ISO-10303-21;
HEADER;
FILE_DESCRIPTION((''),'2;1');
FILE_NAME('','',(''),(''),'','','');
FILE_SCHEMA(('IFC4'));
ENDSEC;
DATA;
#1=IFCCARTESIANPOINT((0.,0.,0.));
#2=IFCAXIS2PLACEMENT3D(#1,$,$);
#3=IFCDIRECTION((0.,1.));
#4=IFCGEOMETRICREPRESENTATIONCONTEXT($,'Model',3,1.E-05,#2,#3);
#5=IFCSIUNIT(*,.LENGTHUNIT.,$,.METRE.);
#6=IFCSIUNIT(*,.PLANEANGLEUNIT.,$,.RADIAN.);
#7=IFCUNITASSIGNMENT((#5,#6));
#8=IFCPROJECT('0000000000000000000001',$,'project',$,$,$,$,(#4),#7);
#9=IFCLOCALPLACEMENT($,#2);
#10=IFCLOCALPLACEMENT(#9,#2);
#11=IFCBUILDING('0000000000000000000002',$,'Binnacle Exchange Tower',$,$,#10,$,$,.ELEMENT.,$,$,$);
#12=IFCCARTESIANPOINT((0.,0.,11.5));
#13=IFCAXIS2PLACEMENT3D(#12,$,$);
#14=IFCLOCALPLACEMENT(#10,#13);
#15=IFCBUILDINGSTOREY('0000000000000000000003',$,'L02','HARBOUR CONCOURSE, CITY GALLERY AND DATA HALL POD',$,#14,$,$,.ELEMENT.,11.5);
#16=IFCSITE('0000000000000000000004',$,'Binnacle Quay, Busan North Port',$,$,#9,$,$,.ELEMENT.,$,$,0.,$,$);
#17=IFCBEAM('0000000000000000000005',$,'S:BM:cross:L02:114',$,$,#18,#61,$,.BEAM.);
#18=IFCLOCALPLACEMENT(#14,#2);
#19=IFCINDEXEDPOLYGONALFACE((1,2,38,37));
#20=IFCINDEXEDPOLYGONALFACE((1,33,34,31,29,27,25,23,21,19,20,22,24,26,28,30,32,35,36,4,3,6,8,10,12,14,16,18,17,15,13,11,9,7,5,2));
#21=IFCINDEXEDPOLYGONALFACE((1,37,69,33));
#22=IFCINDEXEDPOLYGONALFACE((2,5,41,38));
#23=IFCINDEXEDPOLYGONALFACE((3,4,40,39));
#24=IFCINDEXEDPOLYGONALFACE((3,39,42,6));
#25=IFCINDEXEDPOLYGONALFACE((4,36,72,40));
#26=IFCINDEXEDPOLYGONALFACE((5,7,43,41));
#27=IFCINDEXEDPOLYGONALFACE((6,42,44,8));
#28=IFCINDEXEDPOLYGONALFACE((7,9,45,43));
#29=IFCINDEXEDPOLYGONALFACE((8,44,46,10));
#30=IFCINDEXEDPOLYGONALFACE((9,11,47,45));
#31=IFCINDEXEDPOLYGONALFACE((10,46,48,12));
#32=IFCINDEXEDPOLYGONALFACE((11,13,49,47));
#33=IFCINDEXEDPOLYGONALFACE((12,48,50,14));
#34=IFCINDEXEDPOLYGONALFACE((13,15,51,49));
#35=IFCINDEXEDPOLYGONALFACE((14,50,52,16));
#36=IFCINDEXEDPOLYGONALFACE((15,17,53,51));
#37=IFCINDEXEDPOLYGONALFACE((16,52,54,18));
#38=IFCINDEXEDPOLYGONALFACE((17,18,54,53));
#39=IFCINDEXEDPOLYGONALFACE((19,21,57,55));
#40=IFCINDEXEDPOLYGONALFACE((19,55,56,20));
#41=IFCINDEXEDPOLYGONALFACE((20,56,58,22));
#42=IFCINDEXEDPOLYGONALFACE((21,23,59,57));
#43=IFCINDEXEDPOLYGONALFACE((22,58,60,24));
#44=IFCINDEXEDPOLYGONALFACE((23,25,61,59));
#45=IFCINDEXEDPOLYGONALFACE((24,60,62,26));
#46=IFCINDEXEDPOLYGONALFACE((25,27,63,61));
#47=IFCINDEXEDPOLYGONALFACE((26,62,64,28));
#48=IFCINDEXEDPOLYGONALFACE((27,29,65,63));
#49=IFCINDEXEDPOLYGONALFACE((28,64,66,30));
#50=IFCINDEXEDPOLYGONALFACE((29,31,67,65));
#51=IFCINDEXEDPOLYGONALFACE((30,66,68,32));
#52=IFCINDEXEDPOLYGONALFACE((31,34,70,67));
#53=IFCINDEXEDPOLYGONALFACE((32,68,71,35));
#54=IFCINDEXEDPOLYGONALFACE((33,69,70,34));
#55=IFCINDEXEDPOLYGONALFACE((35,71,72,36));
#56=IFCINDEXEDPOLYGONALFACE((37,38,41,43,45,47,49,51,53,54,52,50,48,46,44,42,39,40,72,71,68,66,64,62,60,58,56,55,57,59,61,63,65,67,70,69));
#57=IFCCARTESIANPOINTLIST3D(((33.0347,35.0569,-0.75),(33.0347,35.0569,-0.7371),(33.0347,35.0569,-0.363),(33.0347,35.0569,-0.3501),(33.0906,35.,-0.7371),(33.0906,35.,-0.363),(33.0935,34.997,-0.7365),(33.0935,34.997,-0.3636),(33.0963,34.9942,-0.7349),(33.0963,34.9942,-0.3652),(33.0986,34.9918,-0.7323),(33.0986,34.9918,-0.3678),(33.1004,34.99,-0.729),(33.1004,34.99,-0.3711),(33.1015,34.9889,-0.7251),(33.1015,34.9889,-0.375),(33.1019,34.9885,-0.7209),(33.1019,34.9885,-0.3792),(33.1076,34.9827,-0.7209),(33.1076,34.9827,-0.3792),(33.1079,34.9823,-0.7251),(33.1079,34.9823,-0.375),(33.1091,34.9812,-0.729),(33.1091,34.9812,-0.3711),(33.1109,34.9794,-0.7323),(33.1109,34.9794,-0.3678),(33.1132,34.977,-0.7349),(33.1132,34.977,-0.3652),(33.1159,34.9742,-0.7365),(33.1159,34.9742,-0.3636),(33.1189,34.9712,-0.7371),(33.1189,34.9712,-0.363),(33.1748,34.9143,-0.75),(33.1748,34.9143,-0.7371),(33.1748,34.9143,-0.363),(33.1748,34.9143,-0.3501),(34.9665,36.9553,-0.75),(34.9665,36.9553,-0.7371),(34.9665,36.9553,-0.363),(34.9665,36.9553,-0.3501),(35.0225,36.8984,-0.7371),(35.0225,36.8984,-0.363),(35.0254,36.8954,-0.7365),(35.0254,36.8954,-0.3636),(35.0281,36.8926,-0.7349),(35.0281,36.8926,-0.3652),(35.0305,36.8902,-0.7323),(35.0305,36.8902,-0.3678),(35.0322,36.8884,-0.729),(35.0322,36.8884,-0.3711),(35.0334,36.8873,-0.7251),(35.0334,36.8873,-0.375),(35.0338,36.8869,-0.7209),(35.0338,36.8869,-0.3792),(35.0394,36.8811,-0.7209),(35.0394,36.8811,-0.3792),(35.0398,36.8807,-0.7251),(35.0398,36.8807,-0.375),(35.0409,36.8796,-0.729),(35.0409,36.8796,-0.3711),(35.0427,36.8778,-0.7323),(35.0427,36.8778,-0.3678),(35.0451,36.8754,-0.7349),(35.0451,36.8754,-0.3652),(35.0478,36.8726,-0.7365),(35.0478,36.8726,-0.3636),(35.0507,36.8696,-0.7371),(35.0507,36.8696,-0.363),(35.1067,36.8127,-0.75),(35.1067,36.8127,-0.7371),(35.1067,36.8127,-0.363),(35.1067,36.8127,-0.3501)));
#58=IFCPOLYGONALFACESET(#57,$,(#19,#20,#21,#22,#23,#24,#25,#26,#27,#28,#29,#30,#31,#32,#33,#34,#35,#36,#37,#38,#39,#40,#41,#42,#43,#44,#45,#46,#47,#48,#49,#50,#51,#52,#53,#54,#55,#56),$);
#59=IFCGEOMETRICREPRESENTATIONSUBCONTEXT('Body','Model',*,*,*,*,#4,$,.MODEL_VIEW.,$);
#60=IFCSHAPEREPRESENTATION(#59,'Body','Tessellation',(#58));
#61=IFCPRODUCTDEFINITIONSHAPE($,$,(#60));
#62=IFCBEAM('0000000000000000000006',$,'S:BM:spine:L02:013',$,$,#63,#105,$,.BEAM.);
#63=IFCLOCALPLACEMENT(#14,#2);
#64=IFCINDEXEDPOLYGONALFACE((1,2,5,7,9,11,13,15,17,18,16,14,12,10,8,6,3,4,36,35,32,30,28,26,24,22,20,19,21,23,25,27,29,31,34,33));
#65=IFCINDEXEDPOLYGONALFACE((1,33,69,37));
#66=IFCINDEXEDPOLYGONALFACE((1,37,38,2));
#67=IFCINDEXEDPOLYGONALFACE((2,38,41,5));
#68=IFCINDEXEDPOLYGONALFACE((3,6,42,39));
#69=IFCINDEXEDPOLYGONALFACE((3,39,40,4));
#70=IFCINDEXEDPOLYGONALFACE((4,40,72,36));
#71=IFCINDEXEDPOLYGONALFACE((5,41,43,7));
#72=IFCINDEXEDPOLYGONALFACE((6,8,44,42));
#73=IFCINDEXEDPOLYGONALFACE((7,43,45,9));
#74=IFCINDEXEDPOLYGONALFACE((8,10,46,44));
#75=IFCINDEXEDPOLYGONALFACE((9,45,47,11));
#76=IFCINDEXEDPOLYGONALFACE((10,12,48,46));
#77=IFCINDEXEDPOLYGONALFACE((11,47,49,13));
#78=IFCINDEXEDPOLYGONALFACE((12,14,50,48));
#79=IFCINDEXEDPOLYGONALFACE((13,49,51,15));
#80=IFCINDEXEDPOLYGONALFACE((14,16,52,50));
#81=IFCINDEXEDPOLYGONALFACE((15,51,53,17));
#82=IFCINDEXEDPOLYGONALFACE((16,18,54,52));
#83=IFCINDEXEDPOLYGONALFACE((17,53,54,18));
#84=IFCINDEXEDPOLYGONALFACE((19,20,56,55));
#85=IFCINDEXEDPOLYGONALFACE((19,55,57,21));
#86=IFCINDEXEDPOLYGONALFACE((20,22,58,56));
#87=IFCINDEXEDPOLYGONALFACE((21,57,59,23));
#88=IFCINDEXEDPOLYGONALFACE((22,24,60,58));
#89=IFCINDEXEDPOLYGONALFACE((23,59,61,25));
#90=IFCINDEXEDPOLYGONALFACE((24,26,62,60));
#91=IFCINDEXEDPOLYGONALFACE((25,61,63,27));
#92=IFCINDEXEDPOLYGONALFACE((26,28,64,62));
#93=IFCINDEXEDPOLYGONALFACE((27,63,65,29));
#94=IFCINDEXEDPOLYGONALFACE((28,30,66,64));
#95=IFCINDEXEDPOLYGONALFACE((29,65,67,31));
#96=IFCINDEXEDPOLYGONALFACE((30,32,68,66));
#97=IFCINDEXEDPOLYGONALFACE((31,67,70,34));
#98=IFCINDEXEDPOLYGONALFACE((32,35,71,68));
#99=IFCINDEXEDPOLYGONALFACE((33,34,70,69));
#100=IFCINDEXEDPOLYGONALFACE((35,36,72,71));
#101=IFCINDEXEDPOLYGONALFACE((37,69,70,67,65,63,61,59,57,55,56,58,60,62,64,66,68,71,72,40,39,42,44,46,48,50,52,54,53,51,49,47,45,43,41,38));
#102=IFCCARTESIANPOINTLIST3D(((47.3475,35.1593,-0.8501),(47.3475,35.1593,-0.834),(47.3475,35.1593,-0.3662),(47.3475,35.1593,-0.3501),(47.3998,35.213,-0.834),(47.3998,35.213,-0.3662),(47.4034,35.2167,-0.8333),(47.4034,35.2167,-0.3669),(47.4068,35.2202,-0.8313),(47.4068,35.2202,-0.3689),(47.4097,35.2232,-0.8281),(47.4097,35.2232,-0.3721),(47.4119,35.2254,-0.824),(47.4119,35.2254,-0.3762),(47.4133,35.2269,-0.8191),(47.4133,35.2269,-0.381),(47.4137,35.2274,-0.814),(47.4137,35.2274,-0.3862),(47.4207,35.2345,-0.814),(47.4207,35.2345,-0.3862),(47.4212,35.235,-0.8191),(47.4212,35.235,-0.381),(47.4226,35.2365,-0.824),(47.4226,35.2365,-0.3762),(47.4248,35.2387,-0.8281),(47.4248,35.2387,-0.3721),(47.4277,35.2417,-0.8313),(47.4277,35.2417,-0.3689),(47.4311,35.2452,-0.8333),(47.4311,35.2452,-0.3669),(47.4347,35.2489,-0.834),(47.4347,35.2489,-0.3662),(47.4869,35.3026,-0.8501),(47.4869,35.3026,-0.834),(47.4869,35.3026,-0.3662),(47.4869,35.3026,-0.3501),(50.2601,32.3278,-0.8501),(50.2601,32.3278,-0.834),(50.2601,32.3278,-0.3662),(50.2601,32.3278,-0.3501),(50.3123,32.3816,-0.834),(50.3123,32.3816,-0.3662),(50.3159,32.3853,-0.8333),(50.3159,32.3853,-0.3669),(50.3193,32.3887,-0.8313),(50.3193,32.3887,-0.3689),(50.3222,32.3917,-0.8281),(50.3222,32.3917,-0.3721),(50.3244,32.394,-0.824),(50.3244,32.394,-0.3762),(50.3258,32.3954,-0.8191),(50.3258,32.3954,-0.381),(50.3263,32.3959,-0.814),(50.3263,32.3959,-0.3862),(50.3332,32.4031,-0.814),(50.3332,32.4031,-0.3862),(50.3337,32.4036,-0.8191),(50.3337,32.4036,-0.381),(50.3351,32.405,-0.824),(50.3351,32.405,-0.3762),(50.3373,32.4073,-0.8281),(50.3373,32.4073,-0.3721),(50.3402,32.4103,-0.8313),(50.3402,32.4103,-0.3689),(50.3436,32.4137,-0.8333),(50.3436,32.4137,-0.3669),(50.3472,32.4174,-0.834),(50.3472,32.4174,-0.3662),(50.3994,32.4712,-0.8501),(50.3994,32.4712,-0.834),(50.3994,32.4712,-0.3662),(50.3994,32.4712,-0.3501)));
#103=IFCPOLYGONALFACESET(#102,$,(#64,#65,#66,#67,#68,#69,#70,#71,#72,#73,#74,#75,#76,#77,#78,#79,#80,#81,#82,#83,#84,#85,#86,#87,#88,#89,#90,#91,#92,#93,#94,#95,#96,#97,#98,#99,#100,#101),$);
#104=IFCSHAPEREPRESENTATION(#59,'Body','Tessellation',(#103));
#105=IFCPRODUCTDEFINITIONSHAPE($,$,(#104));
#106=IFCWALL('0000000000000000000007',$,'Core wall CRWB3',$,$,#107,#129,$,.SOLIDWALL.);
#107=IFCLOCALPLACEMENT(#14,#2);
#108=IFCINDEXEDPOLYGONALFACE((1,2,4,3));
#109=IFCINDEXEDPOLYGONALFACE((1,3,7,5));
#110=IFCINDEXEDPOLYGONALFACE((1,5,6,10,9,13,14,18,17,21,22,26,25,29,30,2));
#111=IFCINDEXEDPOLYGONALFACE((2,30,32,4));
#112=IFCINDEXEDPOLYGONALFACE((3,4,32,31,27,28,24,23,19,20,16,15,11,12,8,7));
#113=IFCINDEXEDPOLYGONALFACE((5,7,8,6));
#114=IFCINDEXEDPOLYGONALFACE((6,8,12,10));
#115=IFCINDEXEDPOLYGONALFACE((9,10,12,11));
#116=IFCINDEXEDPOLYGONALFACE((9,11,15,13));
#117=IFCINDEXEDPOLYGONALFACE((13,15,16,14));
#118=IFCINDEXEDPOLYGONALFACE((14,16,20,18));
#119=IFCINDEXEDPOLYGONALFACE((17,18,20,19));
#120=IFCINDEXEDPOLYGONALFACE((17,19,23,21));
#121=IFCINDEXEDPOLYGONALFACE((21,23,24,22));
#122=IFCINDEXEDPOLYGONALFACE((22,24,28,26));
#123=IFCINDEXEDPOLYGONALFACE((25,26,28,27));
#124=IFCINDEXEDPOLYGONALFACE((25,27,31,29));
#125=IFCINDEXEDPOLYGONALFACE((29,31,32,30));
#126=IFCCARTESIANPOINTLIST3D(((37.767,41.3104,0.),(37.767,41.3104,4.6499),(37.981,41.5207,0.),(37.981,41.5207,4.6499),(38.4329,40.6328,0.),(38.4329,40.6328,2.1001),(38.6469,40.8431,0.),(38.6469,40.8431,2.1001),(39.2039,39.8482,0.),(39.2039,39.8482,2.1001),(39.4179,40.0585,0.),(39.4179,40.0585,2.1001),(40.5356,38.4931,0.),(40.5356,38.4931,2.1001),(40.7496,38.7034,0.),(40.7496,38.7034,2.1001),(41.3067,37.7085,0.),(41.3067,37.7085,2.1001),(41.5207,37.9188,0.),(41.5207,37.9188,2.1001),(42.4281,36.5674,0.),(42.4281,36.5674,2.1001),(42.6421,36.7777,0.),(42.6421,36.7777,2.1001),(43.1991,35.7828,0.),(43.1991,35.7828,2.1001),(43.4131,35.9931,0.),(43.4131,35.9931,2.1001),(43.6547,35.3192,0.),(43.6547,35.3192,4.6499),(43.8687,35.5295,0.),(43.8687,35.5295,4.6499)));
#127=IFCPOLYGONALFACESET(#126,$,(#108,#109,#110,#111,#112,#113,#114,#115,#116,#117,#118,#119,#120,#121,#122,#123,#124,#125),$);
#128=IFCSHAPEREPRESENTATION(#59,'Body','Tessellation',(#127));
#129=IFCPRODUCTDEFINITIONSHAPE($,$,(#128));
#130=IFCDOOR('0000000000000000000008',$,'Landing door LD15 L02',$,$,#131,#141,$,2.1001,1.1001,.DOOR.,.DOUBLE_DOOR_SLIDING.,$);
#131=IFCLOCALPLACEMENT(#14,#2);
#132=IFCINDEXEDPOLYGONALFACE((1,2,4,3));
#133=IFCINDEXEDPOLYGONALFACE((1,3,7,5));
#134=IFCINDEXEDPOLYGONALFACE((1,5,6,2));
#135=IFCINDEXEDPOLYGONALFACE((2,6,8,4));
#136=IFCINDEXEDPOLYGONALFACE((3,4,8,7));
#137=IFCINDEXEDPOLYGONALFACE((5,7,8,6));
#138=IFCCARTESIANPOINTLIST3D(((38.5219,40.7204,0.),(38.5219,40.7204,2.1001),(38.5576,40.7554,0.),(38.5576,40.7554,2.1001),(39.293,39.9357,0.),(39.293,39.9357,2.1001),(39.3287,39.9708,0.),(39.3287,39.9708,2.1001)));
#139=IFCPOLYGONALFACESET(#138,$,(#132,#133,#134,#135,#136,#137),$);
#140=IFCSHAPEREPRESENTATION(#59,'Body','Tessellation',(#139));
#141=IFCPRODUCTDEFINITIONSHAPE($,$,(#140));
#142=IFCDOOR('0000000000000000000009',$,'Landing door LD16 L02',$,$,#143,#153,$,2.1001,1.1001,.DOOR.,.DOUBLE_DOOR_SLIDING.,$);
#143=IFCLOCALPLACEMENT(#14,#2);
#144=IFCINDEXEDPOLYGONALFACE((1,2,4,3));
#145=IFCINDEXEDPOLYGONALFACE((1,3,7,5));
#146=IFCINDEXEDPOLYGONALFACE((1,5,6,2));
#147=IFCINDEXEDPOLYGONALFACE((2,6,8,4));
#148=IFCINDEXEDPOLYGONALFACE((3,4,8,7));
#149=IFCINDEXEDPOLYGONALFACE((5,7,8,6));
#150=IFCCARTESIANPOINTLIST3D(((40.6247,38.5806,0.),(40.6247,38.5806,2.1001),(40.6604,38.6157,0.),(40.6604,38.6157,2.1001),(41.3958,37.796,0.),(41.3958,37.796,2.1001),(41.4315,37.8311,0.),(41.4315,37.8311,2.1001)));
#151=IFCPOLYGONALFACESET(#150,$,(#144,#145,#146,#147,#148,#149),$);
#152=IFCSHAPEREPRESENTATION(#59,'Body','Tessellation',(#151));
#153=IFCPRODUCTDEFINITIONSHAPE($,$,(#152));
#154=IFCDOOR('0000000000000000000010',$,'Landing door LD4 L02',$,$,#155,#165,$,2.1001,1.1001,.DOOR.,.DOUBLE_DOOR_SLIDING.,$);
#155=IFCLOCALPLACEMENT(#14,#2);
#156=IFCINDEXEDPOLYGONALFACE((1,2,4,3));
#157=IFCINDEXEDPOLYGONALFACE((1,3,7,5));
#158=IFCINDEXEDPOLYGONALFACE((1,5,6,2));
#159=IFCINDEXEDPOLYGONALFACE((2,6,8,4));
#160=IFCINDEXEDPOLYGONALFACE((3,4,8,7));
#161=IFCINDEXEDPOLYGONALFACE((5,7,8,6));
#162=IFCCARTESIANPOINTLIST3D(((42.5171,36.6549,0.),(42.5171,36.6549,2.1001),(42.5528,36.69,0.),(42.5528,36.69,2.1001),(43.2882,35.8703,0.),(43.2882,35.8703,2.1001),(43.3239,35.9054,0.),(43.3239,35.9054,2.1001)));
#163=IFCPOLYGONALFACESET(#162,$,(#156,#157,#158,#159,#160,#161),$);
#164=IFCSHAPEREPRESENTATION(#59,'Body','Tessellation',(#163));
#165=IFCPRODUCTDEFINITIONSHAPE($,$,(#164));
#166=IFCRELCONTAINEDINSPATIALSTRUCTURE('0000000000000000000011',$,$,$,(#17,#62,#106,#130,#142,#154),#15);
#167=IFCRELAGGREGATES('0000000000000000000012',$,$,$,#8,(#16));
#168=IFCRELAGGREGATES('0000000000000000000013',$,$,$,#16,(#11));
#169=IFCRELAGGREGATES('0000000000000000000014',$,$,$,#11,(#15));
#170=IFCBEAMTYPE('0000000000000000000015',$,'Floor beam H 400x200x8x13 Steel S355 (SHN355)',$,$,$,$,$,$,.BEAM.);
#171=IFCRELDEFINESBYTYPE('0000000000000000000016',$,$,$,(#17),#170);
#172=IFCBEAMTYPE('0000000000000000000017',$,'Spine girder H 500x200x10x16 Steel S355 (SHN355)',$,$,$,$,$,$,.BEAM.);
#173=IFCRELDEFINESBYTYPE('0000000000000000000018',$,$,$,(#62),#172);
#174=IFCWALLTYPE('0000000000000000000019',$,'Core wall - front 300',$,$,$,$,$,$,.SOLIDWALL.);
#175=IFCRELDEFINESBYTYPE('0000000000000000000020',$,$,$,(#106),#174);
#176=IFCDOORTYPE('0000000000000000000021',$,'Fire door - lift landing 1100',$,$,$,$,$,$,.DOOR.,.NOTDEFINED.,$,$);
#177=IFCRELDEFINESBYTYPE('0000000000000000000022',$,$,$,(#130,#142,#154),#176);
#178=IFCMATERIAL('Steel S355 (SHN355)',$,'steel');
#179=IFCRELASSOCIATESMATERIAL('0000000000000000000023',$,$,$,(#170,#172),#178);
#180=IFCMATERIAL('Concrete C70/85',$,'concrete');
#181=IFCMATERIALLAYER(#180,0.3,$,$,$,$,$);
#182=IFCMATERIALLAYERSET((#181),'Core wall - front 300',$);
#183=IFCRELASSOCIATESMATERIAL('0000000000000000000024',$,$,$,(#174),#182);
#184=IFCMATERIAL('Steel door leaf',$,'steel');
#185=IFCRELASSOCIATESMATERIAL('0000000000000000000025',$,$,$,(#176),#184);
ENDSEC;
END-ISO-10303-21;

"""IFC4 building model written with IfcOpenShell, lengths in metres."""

from ifc_helpers import new_model, si_unit, direction, frame, frame_2d, origin, origin_2d, place, context, subcontext, project, spatial, rectangle, i_section, extrude, material, layer, layer_set, material_profile, profile_set, type_object, element, fill, save


model = new_model("IFC4")

# Units and contexts
model_context = context("Model", 3, precision=1e-05, world=origin(), true_north=direction((0.0, 1.0)))
body_context = subcontext(model_context, "Body", "Model", "MODEL_VIEW")
ifc_project = project(units=[si_unit("LENGTHUNIT", "METRE"), si_unit("PLANEANGLEUNIT", "RADIAN")], contexts=[model_context])

# Site, building, storey
site_placement = place(None, origin())
site = spatial("IfcSite", under=ifc_project, at=site_placement, Name="Binnacle Quay, Busan North Port", CompositionType="ELEMENT", RefElevation=0.0)
building_placement = place(site_placement, origin())
building = spatial("IfcBuilding", under=site, at=building_placement, Name="Binnacle Exchange Tower", CompositionType="ELEMENT")
storey_placement = place(building_placement, frame((0.0, 0.0, 11.5)))
storey = spatial("IfcBuildingStorey", under=building, at=storey_placement, Name="L02", Description="HARBOUR CONCOURSE, CITY GALLERY AND DATA HALL POD", CompositionType="ELEMENT", Elevation=11.5)

# Beams
ifc_material_1 = material(Name="Steel S355 (SHN355)", Category="steel")
ifc_material_profile_1 = material_profile(ifc_material_1, i_section(OverallWidth=0.2, OverallDepth=0.3999, WebThickness=0.0081, FlangeThickness=0.0129, FilletRadius=0.0161, at=origin_2d()), Name="H 400x200x8x13")
ifc_profile_set_1 = profile_set([ifc_material_profile_1], Name="Steel S355 (SHN355)")
beam_type_1 = type_object("IfcBeamType", Name="Floor beam H 400x200x8x13 Steel S355 (SHN355)", PredefinedType="BEAM", material=ifc_profile_set_1)
beam_1_placement = place(storey_placement, frame((33.1047, 34.9856, -0.55), z_axis=(0.713254, 0.700905, 0.0), x_axis=(-0.700905, 0.713254, 0.0)))
element("IfcBeam", 1, at=beam_1_placement, inside=storey, type_object=beam_type_1, Name="S:BM:cross:L02:114", PredefinedType="BEAM", context=body_context, shape_type="SweptSolid", body=[
    extrude(i_section(OverallWidth=0.2, OverallDepth=0.3999, WebThickness=0.0081, FlangeThickness=0.0129, FilletRadius=0.0161, at=origin_2d()), origin(), (0.0, 0.0, 1.0), 2.7085),
])
ifc_material_profile_2 = material_profile(ifc_material_1, i_section(OverallWidth=0.2, OverallDepth=0.5, WebThickness=0.01, FlangeThickness=0.0161, FilletRadius=0.02, at=origin_2d()), Name="H 500x200x10x16")
ifc_profile_set_2 = profile_set([ifc_material_profile_2], Name="Steel S355 (SHN355)")
beam_type_2 = type_object("IfcBeamType", Name="Spine girder H 500x200x10x16 Steel S355 (SHN355)", PredefinedType="BEAM", material=ifc_profile_set_2)
beam_2_placement = place(storey_placement, frame((47.4172, 35.231, -0.6001), z_axis=(0.717013, -0.69706, 0.0), x_axis=(0.69706, 0.717013, 0.0)))
element("IfcBeam", 2, at=beam_2_placement, inside=storey, type_object=beam_type_2, Name="S:BM:spine:L02:013", PredefinedType="BEAM", context=body_context, shape_type="SweptSolid", body=[
    extrude(i_section(OverallWidth=0.2, OverallDepth=0.5, WebThickness=0.01, FlangeThickness=0.0161, FilletRadius=0.02, at=origin_2d()), origin(), (0.0, 0.0, 1.0), 4.062),
])

# Wall, openings, doors
ifc_material_2 = material(Name="Concrete C70/85", Category="concrete")
ifc_layer_1 = layer(ifc_material_2, 0.3)
ifc_layer_set_1 = layer_set([ifc_layer_1], Name="Core wall - front 300")
wall_type_1 = type_object("IfcWallType", Name="Core wall - front 300", PredefinedType="SOLIDWALL", material=ifc_layer_set_1)
wall_1_placement = place(storey_placement, frame((37.874, 41.4155, 0.0), z_axis=(0.0, 0.0, 1.0), x_axis=(0.700918, -0.713242, 0.0)))
wall_1 = element("IfcWall", 3, at=wall_1_placement, inside=storey, type_object=wall_type_1, Name="Core wall CRWB3", PredefinedType="SOLIDWALL", context=body_context, shape_type="SweptSolid", body=[
    extrude(rectangle(XDim=8.3999, YDim=0.3, at=frame_2d((4.2, 0.0))), origin(), (0.0, 0.0, 1.0), 4.6499),
])
opening_1_placement = place(wall_1_placement, frame((0.95, 0.0, 0.0)))
opening_1 = element("IfcOpeningElement", 4, at=opening_1_placement, cuts=wall_1, PredefinedType="OPENING", context=body_context, shape_type="SweptSolid", body=[
    extrude(rectangle(XDim=1.1001, YDim=2.1001, at=frame_2d((0.55, 1.05))), frame((0.0, 0.1599, 0.0), z_axis=(0.0, -1.0, 0.0), x_axis=(1.0, 0.0, 0.0)), (0.0, 0.0, 1.0), 0.3201),
])
opening_2_placement = place(wall_1_placement, frame((3.95, 0.0, 0.0)))
opening_2 = element("IfcOpeningElement", 5, at=opening_2_placement, cuts=wall_1, PredefinedType="OPENING", context=body_context, shape_type="SweptSolid", body=[
    extrude(rectangle(XDim=1.1001, YDim=2.1001, at=frame_2d((0.55, 1.05))), frame((0.0, 0.1599, 0.0), z_axis=(0.0, -1.0, 0.0), x_axis=(1.0, 0.0, 0.0)), (0.0, 0.0, 1.0), 0.3201),
])
opening_3_placement = place(wall_1_placement, frame((6.6499, 0.0, 0.0)))
opening_3 = element("IfcOpeningElement", 6, at=opening_3_placement, cuts=wall_1, PredefinedType="OPENING", context=body_context, shape_type="SweptSolid", body=[
    extrude(rectangle(XDim=1.1001, YDim=2.1001, at=frame_2d((0.55, 1.05))), frame((0.0, 0.1599, 0.0), z_axis=(0.0, -1.0, 0.0), x_axis=(1.0, 0.0, 0.0)), (0.0, 0.0, 1.0), 0.3201),
])
ifc_material_3 = material(Name="Steel door leaf", Category="steel")
door_type_1 = type_object("IfcDoorType", Name="Fire door - lift landing 1100", OperationType="NOTDEFINED", PredefinedType="DOOR", material=ifc_material_3)
door_1_placement = place(opening_1_placement, origin())
door_1 = element("IfcDoor", 7, at=door_1_placement, inside=storey, type_object=door_type_1, Name="Landing door LD15 L02", OperationType="DOUBLE_DOOR_SLIDING", OverallHeight=2.1001, OverallWidth=1.1001, PredefinedType="DOOR", context=body_context, shape_type="SweptSolid", body=[
    extrude(rectangle(XDim=1.1001, YDim=2.1001, at=frame_2d((0.55, 1.05))), frame((0.0, 0.0249, 0.0), z_axis=(0.0, -1.0, 0.0), x_axis=(1.0, 0.0, 0.0)), (0.0, 0.0, 1.0), 0.05),
])
fill(opening_1, door_1)
door_2_placement = place(opening_2_placement, origin())
door_2 = element("IfcDoor", 8, at=door_2_placement, inside=storey, type_object=door_type_1, Name="Landing door LD16 L02", OperationType="DOUBLE_DOOR_SLIDING", OverallHeight=2.1001, OverallWidth=1.1001, PredefinedType="DOOR", context=body_context, shape_type="SweptSolid", body=[
    extrude(rectangle(XDim=1.1001, YDim=2.1001, at=frame_2d((0.55, 1.05))), frame((0.0, 0.0249, 0.0), z_axis=(0.0, -1.0, 0.0), x_axis=(1.0, 0.0, 0.0)), (0.0, 0.0, 1.0), 0.05),
])
fill(opening_2, door_2)
door_3_placement = place(opening_3_placement, origin())
door_3 = element("IfcDoor", 9, at=door_3_placement, inside=storey, type_object=door_type_1, Name="Landing door LD4 L02", OperationType="DOUBLE_DOOR_SLIDING", OverallHeight=2.1001, OverallWidth=1.1001, PredefinedType="DOOR", context=body_context, shape_type="SweptSolid", body=[
    extrude(rectangle(XDim=1.1001, YDim=2.1001, at=frame_2d((0.55, 1.05))), frame((0.0, 0.0249, 0.0), z_axis=(0.0, -1.0, 0.0), x_axis=(1.0, 0.0, 0.0)), (0.0, 0.0, 1.0), 0.05),
])
fill(opening_3, door_3)

save(model, "model.ifc")
